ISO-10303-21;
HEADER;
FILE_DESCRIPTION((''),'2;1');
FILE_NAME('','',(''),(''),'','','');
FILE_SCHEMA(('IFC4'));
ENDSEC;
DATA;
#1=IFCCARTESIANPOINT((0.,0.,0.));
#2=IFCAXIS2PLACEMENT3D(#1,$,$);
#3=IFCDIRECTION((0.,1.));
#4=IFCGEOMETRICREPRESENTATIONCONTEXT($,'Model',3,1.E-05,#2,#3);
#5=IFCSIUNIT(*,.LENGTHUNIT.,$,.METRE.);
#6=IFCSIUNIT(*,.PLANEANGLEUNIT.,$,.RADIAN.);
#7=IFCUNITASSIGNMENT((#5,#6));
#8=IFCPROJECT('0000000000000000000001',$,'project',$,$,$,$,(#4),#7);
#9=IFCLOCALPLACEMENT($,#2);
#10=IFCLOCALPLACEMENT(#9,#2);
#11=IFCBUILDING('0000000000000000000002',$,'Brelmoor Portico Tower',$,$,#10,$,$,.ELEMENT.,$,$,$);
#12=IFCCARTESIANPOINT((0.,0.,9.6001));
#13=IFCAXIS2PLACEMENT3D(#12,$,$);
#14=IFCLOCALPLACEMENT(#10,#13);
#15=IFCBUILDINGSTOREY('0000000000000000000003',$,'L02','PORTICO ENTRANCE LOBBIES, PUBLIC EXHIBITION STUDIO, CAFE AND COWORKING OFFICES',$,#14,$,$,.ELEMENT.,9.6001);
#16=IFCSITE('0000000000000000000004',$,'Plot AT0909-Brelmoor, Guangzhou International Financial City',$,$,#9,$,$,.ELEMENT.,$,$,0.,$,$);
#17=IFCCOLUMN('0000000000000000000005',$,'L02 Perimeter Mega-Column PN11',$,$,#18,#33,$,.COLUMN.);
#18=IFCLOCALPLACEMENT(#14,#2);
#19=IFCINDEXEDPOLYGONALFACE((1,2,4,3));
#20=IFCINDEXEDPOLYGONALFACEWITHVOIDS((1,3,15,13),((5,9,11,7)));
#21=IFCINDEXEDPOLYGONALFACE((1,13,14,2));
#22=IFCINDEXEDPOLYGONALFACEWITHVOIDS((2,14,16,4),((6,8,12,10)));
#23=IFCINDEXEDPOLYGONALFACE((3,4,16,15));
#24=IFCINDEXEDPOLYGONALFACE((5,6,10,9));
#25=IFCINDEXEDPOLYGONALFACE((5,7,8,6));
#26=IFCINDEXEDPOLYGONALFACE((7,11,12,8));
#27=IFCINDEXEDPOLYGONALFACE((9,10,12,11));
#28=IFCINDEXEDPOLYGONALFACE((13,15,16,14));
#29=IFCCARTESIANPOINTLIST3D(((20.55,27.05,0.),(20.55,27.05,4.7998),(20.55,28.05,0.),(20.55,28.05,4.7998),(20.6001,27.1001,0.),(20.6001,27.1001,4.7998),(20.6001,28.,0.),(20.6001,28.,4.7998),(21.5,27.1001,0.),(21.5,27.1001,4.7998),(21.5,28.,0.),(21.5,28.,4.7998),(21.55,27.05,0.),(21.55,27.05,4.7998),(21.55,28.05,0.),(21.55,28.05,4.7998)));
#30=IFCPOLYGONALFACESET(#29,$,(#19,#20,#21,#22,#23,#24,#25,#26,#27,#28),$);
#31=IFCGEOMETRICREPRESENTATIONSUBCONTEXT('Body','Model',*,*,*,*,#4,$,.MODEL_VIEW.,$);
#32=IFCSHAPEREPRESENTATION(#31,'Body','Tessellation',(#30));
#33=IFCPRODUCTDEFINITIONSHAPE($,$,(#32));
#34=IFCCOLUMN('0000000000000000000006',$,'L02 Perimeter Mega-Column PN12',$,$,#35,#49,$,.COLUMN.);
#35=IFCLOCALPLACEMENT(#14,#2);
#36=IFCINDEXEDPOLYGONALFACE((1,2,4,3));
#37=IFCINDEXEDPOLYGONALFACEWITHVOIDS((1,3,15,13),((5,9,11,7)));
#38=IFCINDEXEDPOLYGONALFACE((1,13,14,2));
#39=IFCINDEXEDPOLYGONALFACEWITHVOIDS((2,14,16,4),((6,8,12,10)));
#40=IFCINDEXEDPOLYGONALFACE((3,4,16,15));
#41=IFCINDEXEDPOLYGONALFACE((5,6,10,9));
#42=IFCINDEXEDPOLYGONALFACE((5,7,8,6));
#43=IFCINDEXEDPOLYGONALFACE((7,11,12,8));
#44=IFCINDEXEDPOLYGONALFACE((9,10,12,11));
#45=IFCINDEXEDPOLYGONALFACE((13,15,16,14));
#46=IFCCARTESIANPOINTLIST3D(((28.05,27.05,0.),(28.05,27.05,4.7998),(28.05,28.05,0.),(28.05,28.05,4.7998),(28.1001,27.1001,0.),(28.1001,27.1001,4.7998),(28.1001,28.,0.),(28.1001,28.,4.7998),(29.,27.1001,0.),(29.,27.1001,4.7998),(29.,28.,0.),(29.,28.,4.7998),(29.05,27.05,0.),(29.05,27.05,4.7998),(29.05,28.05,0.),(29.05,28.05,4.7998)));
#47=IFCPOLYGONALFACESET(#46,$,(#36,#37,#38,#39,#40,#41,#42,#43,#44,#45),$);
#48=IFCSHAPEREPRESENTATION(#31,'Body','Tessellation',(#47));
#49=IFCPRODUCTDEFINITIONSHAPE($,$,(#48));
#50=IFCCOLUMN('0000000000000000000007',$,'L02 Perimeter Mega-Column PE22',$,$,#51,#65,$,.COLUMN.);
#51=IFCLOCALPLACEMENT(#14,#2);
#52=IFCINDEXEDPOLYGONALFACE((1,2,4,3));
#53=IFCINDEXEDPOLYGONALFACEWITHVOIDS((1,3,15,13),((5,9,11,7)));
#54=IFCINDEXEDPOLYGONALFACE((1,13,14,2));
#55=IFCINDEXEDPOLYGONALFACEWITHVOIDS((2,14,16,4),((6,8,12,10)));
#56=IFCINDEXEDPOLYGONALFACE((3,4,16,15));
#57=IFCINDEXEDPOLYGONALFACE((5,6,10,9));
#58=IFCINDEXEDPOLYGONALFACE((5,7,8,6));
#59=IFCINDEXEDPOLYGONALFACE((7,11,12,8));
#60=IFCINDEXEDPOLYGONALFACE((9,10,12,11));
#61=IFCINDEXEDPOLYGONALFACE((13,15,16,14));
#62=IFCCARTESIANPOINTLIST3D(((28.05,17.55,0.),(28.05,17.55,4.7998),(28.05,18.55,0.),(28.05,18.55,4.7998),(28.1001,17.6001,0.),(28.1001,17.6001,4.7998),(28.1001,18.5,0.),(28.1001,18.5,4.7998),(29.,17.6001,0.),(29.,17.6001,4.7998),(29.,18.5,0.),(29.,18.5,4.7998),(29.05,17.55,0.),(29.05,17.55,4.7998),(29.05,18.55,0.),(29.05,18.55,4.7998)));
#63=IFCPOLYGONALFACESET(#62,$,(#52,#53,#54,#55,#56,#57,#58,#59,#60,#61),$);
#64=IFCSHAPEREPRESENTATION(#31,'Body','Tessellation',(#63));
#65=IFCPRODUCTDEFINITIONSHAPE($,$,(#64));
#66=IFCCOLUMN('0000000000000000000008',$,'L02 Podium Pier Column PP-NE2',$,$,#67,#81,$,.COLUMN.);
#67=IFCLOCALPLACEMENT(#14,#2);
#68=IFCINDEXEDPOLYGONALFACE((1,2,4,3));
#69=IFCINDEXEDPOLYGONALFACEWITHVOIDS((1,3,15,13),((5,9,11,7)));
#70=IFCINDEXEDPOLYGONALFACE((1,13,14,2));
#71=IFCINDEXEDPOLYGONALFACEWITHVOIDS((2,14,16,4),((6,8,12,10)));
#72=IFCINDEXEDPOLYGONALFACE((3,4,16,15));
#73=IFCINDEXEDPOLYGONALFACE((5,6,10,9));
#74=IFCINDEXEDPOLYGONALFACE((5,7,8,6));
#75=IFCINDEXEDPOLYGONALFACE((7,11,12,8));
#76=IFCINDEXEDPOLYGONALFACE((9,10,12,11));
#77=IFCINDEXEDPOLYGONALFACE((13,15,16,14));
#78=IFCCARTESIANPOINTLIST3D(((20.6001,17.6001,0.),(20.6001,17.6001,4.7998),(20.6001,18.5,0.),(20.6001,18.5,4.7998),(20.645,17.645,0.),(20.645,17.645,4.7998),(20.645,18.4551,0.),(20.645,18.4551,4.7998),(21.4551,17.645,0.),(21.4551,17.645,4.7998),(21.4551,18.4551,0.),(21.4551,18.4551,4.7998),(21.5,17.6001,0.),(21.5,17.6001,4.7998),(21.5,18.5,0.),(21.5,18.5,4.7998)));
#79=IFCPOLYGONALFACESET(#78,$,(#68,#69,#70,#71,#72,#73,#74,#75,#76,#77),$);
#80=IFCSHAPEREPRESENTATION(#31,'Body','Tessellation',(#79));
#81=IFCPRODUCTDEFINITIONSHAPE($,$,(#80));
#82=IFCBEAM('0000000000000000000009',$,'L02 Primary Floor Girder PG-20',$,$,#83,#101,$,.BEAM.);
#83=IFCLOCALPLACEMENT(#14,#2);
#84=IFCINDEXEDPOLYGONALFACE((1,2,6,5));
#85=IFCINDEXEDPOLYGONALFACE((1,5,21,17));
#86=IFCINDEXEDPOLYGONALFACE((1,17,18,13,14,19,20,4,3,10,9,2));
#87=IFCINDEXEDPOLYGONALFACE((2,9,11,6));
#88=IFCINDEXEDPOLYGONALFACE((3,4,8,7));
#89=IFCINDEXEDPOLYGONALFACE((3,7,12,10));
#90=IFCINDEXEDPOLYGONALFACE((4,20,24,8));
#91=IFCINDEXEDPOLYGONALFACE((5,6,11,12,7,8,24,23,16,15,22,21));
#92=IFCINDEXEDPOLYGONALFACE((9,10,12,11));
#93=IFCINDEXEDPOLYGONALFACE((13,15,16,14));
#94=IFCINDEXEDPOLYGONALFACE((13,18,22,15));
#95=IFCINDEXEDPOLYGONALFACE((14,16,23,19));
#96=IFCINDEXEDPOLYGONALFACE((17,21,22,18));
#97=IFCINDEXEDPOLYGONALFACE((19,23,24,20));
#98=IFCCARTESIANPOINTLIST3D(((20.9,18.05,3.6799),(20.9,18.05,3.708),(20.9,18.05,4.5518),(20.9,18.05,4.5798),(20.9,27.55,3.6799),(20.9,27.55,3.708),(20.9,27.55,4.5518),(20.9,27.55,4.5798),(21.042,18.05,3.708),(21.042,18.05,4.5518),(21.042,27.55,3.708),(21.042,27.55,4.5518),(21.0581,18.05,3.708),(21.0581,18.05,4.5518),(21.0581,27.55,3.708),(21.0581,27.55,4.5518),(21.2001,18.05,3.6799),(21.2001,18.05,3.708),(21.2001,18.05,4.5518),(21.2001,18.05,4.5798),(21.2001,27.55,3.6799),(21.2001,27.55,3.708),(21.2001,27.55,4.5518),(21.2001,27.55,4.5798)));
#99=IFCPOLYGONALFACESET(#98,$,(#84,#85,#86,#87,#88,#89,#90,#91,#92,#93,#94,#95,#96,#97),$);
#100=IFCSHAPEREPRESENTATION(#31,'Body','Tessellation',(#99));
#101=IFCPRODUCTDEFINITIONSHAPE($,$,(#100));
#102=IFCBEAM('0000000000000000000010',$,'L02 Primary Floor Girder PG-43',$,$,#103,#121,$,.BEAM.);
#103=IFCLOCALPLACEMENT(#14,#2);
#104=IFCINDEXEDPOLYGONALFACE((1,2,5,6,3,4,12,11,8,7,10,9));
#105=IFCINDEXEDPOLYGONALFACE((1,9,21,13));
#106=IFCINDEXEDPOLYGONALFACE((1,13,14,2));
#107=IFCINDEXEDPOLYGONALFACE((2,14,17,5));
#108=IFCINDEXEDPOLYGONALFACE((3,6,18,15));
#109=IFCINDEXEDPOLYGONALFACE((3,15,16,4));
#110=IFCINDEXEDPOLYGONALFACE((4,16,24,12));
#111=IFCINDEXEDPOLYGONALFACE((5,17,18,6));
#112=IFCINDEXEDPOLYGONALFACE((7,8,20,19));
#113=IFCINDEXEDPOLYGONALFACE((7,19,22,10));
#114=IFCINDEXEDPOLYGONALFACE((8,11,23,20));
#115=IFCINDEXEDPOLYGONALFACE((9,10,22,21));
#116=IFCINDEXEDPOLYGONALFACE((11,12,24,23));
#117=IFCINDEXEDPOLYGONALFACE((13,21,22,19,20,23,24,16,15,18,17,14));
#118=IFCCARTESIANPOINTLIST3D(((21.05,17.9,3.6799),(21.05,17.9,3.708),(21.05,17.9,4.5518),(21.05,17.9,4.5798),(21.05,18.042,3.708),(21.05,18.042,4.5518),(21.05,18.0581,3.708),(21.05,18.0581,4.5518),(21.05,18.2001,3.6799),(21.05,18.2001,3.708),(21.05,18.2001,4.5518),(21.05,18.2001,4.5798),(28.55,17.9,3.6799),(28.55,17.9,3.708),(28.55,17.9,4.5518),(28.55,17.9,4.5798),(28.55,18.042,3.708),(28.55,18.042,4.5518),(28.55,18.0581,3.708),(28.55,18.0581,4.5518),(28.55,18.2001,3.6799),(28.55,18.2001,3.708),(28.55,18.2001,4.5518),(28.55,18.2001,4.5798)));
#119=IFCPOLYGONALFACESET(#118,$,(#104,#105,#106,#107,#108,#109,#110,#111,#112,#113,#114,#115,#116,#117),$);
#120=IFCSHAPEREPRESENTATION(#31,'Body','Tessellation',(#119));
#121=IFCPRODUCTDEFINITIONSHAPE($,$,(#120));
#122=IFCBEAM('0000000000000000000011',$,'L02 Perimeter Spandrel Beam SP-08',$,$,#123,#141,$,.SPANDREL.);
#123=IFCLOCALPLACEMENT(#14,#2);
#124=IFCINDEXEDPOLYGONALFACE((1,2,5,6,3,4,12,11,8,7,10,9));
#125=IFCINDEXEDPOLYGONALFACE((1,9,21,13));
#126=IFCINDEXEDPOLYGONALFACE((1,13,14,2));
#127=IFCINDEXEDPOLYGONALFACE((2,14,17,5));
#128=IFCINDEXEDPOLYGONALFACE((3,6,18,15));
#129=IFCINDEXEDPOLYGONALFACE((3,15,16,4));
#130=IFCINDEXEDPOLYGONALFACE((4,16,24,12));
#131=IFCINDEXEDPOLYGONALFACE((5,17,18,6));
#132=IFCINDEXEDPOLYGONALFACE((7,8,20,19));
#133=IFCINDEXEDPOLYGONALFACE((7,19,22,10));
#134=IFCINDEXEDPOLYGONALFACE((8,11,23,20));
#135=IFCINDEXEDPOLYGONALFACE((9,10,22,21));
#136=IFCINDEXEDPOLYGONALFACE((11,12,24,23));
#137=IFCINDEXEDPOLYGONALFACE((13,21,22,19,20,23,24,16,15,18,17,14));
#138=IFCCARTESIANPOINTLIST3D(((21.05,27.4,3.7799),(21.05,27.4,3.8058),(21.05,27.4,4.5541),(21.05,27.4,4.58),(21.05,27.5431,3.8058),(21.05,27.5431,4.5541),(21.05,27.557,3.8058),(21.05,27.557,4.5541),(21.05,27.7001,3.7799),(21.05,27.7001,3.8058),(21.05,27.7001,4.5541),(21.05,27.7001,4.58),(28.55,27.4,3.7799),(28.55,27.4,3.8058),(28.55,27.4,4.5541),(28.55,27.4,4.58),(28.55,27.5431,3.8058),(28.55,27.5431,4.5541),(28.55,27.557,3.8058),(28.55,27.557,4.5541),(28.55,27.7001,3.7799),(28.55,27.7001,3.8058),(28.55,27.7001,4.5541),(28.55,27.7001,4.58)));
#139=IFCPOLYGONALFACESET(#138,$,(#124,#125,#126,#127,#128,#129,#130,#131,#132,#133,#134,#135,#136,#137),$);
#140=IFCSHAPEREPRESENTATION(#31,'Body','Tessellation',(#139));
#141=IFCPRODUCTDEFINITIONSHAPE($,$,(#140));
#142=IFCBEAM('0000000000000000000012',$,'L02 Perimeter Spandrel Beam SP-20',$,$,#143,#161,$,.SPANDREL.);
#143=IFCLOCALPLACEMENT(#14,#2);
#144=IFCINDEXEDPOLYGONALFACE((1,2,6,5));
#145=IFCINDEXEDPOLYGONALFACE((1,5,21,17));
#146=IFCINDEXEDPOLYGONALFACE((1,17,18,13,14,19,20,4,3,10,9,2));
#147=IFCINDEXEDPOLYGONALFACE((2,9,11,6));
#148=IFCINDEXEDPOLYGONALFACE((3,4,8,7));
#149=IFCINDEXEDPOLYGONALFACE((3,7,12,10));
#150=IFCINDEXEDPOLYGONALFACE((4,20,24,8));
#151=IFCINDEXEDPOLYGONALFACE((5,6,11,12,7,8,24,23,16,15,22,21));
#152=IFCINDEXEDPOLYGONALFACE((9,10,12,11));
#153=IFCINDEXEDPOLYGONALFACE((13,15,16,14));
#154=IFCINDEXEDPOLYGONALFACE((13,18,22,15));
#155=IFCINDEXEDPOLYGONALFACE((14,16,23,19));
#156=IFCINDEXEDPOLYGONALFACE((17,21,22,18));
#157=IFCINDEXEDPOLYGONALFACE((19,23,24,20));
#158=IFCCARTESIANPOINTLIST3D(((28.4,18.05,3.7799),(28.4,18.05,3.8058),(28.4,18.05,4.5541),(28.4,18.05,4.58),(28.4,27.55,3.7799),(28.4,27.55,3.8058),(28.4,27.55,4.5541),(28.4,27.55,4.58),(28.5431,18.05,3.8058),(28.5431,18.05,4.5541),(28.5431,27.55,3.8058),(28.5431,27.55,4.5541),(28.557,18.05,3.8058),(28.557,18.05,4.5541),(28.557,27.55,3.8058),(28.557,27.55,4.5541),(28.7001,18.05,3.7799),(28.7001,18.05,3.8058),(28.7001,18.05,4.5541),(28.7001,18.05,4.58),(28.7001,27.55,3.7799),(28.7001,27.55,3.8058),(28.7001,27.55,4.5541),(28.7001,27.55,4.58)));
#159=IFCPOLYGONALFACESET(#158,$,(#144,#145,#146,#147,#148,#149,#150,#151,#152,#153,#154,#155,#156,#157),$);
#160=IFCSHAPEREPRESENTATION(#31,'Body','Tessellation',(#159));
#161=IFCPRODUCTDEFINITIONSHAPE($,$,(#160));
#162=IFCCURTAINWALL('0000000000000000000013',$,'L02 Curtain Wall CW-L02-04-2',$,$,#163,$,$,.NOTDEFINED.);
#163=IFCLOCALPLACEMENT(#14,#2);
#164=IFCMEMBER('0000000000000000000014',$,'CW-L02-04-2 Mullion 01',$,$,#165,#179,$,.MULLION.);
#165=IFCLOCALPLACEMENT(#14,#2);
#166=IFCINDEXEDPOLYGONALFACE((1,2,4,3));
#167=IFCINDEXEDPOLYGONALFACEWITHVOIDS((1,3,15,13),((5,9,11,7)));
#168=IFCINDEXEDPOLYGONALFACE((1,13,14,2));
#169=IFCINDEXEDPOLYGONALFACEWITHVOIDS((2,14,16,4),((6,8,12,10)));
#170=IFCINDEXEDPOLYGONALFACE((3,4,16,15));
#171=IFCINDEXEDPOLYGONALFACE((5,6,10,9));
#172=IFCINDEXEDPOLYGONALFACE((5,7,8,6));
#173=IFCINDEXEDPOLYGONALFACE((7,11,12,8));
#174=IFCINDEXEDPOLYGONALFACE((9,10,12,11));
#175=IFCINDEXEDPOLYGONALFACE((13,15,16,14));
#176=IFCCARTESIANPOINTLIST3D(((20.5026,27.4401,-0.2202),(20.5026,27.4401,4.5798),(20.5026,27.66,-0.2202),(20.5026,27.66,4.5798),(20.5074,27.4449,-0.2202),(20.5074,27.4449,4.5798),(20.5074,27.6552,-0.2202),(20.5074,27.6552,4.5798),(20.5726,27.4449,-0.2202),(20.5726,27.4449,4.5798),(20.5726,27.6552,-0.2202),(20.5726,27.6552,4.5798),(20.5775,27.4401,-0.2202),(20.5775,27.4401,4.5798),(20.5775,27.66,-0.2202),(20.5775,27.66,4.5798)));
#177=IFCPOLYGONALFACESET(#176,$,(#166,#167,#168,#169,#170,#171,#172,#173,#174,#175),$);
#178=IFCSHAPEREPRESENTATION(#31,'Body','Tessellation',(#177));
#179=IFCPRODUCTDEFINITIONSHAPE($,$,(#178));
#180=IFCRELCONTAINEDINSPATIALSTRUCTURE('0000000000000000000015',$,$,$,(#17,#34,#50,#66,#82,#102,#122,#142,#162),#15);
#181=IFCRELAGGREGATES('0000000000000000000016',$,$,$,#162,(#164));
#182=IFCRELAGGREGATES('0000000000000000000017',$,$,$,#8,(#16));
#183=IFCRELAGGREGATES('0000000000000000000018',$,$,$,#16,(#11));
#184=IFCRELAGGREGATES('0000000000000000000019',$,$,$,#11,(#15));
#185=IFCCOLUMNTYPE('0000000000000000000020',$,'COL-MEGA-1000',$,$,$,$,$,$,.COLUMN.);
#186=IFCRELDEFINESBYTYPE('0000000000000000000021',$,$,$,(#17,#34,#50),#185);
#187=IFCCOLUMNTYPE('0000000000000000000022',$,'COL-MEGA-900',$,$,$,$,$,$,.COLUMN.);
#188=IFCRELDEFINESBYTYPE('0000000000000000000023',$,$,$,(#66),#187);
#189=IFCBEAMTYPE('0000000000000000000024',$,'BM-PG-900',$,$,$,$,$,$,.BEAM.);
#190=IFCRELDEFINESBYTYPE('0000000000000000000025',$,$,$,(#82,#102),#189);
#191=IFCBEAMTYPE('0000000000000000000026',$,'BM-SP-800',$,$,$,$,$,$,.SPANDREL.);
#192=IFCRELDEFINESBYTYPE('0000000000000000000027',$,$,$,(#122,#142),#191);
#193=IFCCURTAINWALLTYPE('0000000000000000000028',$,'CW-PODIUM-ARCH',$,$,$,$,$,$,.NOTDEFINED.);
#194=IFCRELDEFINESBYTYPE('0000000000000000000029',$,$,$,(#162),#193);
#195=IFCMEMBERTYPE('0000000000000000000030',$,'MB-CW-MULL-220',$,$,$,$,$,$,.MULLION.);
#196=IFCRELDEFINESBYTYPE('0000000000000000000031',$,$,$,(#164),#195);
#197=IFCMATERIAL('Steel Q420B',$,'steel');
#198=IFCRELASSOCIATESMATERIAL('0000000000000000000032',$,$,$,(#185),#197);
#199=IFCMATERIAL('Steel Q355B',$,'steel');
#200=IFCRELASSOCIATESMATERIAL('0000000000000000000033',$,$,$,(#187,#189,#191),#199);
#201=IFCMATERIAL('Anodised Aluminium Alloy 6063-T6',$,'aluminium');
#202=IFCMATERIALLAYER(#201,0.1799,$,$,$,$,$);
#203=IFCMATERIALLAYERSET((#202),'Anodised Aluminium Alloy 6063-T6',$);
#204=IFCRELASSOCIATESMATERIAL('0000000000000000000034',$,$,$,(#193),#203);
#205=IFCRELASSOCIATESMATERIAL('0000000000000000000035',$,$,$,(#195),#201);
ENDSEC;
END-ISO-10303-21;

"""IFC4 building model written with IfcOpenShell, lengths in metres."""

from ifc_helpers import new_model, si_unit, direction, frame, origin, origin_2d, place, context, subcontext, project, spatial, hollow_rectangle, i_section, extrude, material, layer, layer_set, material_profile, profile_set, type_object, element, aggregate, save


model = new_model("IFC4")

# Units and contexts
model_context = context("Model", 3, precision=1e-05, world=origin(), true_north=direction((0.0, 1.0)))
body_context = subcontext(model_context, "Body", "Model", "MODEL_VIEW")
ifc_project = project(units=[si_unit("LENGTHUNIT", "METRE"), si_unit("PLANEANGLEUNIT", "RADIAN")], contexts=[model_context])

# Site, building, storey
site_placement = place(None, origin())
site = spatial("IfcSite", under=ifc_project, at=site_placement, Name="Plot AT0909-Brelmoor, Guangzhou International Financial City", CompositionType="ELEMENT", RefElevation=0.0)
building_placement = place(site_placement, origin())
building = spatial("IfcBuilding", under=site, at=building_placement, Name="Brelmoor Portico Tower", CompositionType="ELEMENT")
storey_placement = place(building_placement, frame((0.0, 0.0, 9.6001)))
storey = spatial("IfcBuildingStorey", under=building, at=storey_placement, Name="L02", Description="PORTICO ENTRANCE LOBBIES, PUBLIC EXHIBITION STUDIO, CAFE AND COWORKING OFFICES", CompositionType="ELEMENT", Elevation=9.6001)

# Columns
ifc_material_1 = material(Name="Steel Q420B", Category="steel")
ifc_material_profile_1 = material_profile(ifc_material_1, hollow_rectangle(XDim=1.0, YDim=1.0, WallThickness=0.05, at=origin_2d()), Name="BOX 1000x1000x50")
ifc_profile_set_1 = profile_set([ifc_material_profile_1], Name="Steel Q420B")
column_type_1 = type_object("IfcColumnType", Name="COL-MEGA-1000", PredefinedType="COLUMN", material=ifc_profile_set_1)
for number, where, z_axis, x_axis, name in (
    (1, (21.05, 27.55, 0.0), (0.0, 0.0, 1.0), (1.0, 0.0, 0.0), "L02 Perimeter Mega-Column PN11"),
    (2, (28.55, 27.55, 0.0), (0.0, 0.0, 1.0), (1.0, 0.0, 0.0), "L02 Perimeter Mega-Column PN12"),
    (3, (28.55, 18.05, 0.0), (0.0, 0.0, 1.0), (0.0, 1.0, 0.0), "L02 Perimeter Mega-Column PE22"),
):
    element("IfcColumn", number, at=place(storey_placement, frame(where, z_axis=z_axis, x_axis=x_axis)), inside=storey, type_object=column_type_1, Name=name, PredefinedType="COLUMN", context=body_context, shape_type="SweptSolid", body=[
        extrude(hollow_rectangle(XDim=1.0, YDim=1.0, WallThickness=0.05, at=origin_2d()), origin(), (0.0, 0.0, 1.0), 4.7998),
    ])
ifc_material_2 = material(Name="Steel Q355B", Category="steel")
ifc_material_profile_2 = material_profile(ifc_material_2, hollow_rectangle(XDim=0.8999, YDim=0.8999, WallThickness=0.0449, at=origin_2d()), Name="BOX 900x900x45")
ifc_profile_set_2 = profile_set([ifc_material_profile_2], Name="Steel Q355B")
column_type_2 = type_object("IfcColumnType", Name="COL-MEGA-900", PredefinedType="COLUMN", material=ifc_profile_set_2)
column_placement = place(storey_placement, frame((21.05, 18.05, 0.0), z_axis=(0.0, 0.0, 1.0), x_axis=(1.0, 0.0, 0.0)))
element("IfcColumn", 4, at=column_placement, inside=storey, type_object=column_type_2, Name="L02 Podium Pier Column PP-NE2", PredefinedType="COLUMN", context=body_context, shape_type="SweptSolid", body=[
    extrude(hollow_rectangle(XDim=0.8999, YDim=0.8999, WallThickness=0.0449, at=origin_2d()), origin(), (0.0, 0.0, 1.0), 4.7998),
])

# Beams
ifc_material_profile_3 = material_profile(ifc_material_2, i_section(OverallWidth=0.3, OverallDepth=0.8999, WebThickness=0.0161, FlangeThickness=0.0281, at=origin_2d()), Name="HN 900x300x16x28")
ifc_profile_set_3 = profile_set([ifc_material_profile_3], Name="Steel Q355B")
beam_type_1 = type_object("IfcBeamType", Name="BM-PG-900", PredefinedType="BEAM", material=ifc_profile_set_3)
beam_1_placement = place(storey_placement, frame((21.05, 18.05, 4.1299), z_axis=(0.0, 1.0, 0.0), x_axis=(-1.0, 0.0, 0.0)))
element("IfcBeam", 5, at=beam_1_placement, inside=storey, type_object=beam_type_1, Name="L02 Primary Floor Girder PG-20", PredefinedType="BEAM", context=body_context, shape_type="SweptSolid", body=[
    extrude(i_section(OverallWidth=0.3, OverallDepth=0.8999, WebThickness=0.0161, FlangeThickness=0.0281, at=origin_2d()), origin(), (0.0, 0.0, 1.0), 9.5),
])
beam_2_placement = place(storey_placement, frame((21.05, 18.05, 4.1299), z_axis=(1.0, 0.0, 0.0), x_axis=(0.0, 1.0, 0.0)))
element("IfcBeam", 6, at=beam_2_placement, inside=storey, type_object=beam_type_1, Name="L02 Primary Floor Girder PG-43", PredefinedType="BEAM", context=body_context, shape_type="SweptSolid", body=[
    extrude(i_section(OverallWidth=0.3, OverallDepth=0.8999, WebThickness=0.0161, FlangeThickness=0.0281, at=origin_2d()), origin(), (0.0, 0.0, 1.0), 7.5),
])
ifc_material_profile_4 = material_profile(ifc_material_2, i_section(OverallWidth=0.3, OverallDepth=0.8, WebThickness=0.0139, FlangeThickness=0.0259, at=origin_2d()), Name="HN 800x300x14x26")
ifc_profile_set_4 = profile_set([ifc_material_profile_4], Name="Steel Q355B")
beam_type_2 = type_object("IfcBeamType", Name="BM-SP-800", PredefinedType="SPANDREL", material=ifc_profile_set_4)
beam_3_placement = place(storey_placement, frame((21.05, 27.55, 4.1799), z_axis=(1.0, 0.0, 0.0), x_axis=(0.0, 1.0, 0.0)))
element("IfcBeam", 7, at=beam_3_placement, inside=storey, type_object=beam_type_2, Name="L02 Perimeter Spandrel Beam SP-08", PredefinedType="SPANDREL", context=body_context, shape_type="SweptSolid", body=[
    extrude(i_section(OverallWidth=0.3, OverallDepth=0.8, WebThickness=0.0139, FlangeThickness=0.0259, at=origin_2d()), origin(), (0.0, 0.0, 1.0), 7.5),
])
beam_4_placement = place(storey_placement, frame((28.55, 18.05, 4.1799), z_axis=(0.0, 1.0, 0.0), x_axis=(-1.0, 0.0, 0.0)))
element("IfcBeam", 8, at=beam_4_placement, inside=storey, type_object=beam_type_2, Name="L02 Perimeter Spandrel Beam SP-20", PredefinedType="SPANDREL", context=body_context, shape_type="SweptSolid", body=[
    extrude(i_section(OverallWidth=0.3, OverallDepth=0.8, WebThickness=0.0139, FlangeThickness=0.0259, at=origin_2d()), origin(), (0.0, 0.0, 1.0), 9.5),
])

# Curtain wall, member
ifc_material_3 = material(Name="Anodised Aluminium Alloy 6063-T6", Category="aluminium")
ifc_layer_1 = layer(ifc_material_3, 0.1799)
ifc_layer_set_1 = layer_set([ifc_layer_1], Name="Anodised Aluminium Alloy 6063-T6")
curtain_wall_type = type_object("IfcCurtainWallType", Name="CW-PODIUM-ARCH", PredefinedType="NOTDEFINED", material=ifc_layer_set_1)
curtain_wall_1_placement = place(storey_placement, origin())
curtain_wall_1 = element("IfcCurtainWall", 9, at=curtain_wall_1_placement, inside=storey, type_object=curtain_wall_type, Name="L02 Curtain Wall CW-L02-04-2", PredefinedType="NOTDEFINED")
ifc_material_profile_5 = material_profile(ifc_material_3, hollow_rectangle(XDim=0.075, YDim=0.22, WallThickness=0.0049, at=origin_2d()), Name="ALU MULLION 75x220")
ifc_profile_set_5 = profile_set([ifc_material_profile_5], Name="Anodised Aluminium Alloy 6063-T6")
member_type_1 = type_object("IfcMemberType", Name="MB-CW-MULL-220", PredefinedType="MULLION", material=ifc_profile_set_5)
member_1_placement = place(storey_placement, frame((20.54, 27.55, -0.2202), z_axis=(0.0, 0.0, 1.0), x_axis=(1.0, 0.0, 0.0)))
member_1 = element("IfcMember", 10, at=member_1_placement, type_object=member_type_1, Name="CW-L02-04-2 Mullion 01", PredefinedType="MULLION", context=body_context, shape_type="SweptSolid", body=[
    extrude(hollow_rectangle(XDim=0.075, YDim=0.22, WallThickness=0.0049, at=origin_2d()), origin(), (0.0, 0.0, 1.0), 4.8),
])

aggregate(curtain_wall_1, [member_1])

save(model, "model.ifc")
